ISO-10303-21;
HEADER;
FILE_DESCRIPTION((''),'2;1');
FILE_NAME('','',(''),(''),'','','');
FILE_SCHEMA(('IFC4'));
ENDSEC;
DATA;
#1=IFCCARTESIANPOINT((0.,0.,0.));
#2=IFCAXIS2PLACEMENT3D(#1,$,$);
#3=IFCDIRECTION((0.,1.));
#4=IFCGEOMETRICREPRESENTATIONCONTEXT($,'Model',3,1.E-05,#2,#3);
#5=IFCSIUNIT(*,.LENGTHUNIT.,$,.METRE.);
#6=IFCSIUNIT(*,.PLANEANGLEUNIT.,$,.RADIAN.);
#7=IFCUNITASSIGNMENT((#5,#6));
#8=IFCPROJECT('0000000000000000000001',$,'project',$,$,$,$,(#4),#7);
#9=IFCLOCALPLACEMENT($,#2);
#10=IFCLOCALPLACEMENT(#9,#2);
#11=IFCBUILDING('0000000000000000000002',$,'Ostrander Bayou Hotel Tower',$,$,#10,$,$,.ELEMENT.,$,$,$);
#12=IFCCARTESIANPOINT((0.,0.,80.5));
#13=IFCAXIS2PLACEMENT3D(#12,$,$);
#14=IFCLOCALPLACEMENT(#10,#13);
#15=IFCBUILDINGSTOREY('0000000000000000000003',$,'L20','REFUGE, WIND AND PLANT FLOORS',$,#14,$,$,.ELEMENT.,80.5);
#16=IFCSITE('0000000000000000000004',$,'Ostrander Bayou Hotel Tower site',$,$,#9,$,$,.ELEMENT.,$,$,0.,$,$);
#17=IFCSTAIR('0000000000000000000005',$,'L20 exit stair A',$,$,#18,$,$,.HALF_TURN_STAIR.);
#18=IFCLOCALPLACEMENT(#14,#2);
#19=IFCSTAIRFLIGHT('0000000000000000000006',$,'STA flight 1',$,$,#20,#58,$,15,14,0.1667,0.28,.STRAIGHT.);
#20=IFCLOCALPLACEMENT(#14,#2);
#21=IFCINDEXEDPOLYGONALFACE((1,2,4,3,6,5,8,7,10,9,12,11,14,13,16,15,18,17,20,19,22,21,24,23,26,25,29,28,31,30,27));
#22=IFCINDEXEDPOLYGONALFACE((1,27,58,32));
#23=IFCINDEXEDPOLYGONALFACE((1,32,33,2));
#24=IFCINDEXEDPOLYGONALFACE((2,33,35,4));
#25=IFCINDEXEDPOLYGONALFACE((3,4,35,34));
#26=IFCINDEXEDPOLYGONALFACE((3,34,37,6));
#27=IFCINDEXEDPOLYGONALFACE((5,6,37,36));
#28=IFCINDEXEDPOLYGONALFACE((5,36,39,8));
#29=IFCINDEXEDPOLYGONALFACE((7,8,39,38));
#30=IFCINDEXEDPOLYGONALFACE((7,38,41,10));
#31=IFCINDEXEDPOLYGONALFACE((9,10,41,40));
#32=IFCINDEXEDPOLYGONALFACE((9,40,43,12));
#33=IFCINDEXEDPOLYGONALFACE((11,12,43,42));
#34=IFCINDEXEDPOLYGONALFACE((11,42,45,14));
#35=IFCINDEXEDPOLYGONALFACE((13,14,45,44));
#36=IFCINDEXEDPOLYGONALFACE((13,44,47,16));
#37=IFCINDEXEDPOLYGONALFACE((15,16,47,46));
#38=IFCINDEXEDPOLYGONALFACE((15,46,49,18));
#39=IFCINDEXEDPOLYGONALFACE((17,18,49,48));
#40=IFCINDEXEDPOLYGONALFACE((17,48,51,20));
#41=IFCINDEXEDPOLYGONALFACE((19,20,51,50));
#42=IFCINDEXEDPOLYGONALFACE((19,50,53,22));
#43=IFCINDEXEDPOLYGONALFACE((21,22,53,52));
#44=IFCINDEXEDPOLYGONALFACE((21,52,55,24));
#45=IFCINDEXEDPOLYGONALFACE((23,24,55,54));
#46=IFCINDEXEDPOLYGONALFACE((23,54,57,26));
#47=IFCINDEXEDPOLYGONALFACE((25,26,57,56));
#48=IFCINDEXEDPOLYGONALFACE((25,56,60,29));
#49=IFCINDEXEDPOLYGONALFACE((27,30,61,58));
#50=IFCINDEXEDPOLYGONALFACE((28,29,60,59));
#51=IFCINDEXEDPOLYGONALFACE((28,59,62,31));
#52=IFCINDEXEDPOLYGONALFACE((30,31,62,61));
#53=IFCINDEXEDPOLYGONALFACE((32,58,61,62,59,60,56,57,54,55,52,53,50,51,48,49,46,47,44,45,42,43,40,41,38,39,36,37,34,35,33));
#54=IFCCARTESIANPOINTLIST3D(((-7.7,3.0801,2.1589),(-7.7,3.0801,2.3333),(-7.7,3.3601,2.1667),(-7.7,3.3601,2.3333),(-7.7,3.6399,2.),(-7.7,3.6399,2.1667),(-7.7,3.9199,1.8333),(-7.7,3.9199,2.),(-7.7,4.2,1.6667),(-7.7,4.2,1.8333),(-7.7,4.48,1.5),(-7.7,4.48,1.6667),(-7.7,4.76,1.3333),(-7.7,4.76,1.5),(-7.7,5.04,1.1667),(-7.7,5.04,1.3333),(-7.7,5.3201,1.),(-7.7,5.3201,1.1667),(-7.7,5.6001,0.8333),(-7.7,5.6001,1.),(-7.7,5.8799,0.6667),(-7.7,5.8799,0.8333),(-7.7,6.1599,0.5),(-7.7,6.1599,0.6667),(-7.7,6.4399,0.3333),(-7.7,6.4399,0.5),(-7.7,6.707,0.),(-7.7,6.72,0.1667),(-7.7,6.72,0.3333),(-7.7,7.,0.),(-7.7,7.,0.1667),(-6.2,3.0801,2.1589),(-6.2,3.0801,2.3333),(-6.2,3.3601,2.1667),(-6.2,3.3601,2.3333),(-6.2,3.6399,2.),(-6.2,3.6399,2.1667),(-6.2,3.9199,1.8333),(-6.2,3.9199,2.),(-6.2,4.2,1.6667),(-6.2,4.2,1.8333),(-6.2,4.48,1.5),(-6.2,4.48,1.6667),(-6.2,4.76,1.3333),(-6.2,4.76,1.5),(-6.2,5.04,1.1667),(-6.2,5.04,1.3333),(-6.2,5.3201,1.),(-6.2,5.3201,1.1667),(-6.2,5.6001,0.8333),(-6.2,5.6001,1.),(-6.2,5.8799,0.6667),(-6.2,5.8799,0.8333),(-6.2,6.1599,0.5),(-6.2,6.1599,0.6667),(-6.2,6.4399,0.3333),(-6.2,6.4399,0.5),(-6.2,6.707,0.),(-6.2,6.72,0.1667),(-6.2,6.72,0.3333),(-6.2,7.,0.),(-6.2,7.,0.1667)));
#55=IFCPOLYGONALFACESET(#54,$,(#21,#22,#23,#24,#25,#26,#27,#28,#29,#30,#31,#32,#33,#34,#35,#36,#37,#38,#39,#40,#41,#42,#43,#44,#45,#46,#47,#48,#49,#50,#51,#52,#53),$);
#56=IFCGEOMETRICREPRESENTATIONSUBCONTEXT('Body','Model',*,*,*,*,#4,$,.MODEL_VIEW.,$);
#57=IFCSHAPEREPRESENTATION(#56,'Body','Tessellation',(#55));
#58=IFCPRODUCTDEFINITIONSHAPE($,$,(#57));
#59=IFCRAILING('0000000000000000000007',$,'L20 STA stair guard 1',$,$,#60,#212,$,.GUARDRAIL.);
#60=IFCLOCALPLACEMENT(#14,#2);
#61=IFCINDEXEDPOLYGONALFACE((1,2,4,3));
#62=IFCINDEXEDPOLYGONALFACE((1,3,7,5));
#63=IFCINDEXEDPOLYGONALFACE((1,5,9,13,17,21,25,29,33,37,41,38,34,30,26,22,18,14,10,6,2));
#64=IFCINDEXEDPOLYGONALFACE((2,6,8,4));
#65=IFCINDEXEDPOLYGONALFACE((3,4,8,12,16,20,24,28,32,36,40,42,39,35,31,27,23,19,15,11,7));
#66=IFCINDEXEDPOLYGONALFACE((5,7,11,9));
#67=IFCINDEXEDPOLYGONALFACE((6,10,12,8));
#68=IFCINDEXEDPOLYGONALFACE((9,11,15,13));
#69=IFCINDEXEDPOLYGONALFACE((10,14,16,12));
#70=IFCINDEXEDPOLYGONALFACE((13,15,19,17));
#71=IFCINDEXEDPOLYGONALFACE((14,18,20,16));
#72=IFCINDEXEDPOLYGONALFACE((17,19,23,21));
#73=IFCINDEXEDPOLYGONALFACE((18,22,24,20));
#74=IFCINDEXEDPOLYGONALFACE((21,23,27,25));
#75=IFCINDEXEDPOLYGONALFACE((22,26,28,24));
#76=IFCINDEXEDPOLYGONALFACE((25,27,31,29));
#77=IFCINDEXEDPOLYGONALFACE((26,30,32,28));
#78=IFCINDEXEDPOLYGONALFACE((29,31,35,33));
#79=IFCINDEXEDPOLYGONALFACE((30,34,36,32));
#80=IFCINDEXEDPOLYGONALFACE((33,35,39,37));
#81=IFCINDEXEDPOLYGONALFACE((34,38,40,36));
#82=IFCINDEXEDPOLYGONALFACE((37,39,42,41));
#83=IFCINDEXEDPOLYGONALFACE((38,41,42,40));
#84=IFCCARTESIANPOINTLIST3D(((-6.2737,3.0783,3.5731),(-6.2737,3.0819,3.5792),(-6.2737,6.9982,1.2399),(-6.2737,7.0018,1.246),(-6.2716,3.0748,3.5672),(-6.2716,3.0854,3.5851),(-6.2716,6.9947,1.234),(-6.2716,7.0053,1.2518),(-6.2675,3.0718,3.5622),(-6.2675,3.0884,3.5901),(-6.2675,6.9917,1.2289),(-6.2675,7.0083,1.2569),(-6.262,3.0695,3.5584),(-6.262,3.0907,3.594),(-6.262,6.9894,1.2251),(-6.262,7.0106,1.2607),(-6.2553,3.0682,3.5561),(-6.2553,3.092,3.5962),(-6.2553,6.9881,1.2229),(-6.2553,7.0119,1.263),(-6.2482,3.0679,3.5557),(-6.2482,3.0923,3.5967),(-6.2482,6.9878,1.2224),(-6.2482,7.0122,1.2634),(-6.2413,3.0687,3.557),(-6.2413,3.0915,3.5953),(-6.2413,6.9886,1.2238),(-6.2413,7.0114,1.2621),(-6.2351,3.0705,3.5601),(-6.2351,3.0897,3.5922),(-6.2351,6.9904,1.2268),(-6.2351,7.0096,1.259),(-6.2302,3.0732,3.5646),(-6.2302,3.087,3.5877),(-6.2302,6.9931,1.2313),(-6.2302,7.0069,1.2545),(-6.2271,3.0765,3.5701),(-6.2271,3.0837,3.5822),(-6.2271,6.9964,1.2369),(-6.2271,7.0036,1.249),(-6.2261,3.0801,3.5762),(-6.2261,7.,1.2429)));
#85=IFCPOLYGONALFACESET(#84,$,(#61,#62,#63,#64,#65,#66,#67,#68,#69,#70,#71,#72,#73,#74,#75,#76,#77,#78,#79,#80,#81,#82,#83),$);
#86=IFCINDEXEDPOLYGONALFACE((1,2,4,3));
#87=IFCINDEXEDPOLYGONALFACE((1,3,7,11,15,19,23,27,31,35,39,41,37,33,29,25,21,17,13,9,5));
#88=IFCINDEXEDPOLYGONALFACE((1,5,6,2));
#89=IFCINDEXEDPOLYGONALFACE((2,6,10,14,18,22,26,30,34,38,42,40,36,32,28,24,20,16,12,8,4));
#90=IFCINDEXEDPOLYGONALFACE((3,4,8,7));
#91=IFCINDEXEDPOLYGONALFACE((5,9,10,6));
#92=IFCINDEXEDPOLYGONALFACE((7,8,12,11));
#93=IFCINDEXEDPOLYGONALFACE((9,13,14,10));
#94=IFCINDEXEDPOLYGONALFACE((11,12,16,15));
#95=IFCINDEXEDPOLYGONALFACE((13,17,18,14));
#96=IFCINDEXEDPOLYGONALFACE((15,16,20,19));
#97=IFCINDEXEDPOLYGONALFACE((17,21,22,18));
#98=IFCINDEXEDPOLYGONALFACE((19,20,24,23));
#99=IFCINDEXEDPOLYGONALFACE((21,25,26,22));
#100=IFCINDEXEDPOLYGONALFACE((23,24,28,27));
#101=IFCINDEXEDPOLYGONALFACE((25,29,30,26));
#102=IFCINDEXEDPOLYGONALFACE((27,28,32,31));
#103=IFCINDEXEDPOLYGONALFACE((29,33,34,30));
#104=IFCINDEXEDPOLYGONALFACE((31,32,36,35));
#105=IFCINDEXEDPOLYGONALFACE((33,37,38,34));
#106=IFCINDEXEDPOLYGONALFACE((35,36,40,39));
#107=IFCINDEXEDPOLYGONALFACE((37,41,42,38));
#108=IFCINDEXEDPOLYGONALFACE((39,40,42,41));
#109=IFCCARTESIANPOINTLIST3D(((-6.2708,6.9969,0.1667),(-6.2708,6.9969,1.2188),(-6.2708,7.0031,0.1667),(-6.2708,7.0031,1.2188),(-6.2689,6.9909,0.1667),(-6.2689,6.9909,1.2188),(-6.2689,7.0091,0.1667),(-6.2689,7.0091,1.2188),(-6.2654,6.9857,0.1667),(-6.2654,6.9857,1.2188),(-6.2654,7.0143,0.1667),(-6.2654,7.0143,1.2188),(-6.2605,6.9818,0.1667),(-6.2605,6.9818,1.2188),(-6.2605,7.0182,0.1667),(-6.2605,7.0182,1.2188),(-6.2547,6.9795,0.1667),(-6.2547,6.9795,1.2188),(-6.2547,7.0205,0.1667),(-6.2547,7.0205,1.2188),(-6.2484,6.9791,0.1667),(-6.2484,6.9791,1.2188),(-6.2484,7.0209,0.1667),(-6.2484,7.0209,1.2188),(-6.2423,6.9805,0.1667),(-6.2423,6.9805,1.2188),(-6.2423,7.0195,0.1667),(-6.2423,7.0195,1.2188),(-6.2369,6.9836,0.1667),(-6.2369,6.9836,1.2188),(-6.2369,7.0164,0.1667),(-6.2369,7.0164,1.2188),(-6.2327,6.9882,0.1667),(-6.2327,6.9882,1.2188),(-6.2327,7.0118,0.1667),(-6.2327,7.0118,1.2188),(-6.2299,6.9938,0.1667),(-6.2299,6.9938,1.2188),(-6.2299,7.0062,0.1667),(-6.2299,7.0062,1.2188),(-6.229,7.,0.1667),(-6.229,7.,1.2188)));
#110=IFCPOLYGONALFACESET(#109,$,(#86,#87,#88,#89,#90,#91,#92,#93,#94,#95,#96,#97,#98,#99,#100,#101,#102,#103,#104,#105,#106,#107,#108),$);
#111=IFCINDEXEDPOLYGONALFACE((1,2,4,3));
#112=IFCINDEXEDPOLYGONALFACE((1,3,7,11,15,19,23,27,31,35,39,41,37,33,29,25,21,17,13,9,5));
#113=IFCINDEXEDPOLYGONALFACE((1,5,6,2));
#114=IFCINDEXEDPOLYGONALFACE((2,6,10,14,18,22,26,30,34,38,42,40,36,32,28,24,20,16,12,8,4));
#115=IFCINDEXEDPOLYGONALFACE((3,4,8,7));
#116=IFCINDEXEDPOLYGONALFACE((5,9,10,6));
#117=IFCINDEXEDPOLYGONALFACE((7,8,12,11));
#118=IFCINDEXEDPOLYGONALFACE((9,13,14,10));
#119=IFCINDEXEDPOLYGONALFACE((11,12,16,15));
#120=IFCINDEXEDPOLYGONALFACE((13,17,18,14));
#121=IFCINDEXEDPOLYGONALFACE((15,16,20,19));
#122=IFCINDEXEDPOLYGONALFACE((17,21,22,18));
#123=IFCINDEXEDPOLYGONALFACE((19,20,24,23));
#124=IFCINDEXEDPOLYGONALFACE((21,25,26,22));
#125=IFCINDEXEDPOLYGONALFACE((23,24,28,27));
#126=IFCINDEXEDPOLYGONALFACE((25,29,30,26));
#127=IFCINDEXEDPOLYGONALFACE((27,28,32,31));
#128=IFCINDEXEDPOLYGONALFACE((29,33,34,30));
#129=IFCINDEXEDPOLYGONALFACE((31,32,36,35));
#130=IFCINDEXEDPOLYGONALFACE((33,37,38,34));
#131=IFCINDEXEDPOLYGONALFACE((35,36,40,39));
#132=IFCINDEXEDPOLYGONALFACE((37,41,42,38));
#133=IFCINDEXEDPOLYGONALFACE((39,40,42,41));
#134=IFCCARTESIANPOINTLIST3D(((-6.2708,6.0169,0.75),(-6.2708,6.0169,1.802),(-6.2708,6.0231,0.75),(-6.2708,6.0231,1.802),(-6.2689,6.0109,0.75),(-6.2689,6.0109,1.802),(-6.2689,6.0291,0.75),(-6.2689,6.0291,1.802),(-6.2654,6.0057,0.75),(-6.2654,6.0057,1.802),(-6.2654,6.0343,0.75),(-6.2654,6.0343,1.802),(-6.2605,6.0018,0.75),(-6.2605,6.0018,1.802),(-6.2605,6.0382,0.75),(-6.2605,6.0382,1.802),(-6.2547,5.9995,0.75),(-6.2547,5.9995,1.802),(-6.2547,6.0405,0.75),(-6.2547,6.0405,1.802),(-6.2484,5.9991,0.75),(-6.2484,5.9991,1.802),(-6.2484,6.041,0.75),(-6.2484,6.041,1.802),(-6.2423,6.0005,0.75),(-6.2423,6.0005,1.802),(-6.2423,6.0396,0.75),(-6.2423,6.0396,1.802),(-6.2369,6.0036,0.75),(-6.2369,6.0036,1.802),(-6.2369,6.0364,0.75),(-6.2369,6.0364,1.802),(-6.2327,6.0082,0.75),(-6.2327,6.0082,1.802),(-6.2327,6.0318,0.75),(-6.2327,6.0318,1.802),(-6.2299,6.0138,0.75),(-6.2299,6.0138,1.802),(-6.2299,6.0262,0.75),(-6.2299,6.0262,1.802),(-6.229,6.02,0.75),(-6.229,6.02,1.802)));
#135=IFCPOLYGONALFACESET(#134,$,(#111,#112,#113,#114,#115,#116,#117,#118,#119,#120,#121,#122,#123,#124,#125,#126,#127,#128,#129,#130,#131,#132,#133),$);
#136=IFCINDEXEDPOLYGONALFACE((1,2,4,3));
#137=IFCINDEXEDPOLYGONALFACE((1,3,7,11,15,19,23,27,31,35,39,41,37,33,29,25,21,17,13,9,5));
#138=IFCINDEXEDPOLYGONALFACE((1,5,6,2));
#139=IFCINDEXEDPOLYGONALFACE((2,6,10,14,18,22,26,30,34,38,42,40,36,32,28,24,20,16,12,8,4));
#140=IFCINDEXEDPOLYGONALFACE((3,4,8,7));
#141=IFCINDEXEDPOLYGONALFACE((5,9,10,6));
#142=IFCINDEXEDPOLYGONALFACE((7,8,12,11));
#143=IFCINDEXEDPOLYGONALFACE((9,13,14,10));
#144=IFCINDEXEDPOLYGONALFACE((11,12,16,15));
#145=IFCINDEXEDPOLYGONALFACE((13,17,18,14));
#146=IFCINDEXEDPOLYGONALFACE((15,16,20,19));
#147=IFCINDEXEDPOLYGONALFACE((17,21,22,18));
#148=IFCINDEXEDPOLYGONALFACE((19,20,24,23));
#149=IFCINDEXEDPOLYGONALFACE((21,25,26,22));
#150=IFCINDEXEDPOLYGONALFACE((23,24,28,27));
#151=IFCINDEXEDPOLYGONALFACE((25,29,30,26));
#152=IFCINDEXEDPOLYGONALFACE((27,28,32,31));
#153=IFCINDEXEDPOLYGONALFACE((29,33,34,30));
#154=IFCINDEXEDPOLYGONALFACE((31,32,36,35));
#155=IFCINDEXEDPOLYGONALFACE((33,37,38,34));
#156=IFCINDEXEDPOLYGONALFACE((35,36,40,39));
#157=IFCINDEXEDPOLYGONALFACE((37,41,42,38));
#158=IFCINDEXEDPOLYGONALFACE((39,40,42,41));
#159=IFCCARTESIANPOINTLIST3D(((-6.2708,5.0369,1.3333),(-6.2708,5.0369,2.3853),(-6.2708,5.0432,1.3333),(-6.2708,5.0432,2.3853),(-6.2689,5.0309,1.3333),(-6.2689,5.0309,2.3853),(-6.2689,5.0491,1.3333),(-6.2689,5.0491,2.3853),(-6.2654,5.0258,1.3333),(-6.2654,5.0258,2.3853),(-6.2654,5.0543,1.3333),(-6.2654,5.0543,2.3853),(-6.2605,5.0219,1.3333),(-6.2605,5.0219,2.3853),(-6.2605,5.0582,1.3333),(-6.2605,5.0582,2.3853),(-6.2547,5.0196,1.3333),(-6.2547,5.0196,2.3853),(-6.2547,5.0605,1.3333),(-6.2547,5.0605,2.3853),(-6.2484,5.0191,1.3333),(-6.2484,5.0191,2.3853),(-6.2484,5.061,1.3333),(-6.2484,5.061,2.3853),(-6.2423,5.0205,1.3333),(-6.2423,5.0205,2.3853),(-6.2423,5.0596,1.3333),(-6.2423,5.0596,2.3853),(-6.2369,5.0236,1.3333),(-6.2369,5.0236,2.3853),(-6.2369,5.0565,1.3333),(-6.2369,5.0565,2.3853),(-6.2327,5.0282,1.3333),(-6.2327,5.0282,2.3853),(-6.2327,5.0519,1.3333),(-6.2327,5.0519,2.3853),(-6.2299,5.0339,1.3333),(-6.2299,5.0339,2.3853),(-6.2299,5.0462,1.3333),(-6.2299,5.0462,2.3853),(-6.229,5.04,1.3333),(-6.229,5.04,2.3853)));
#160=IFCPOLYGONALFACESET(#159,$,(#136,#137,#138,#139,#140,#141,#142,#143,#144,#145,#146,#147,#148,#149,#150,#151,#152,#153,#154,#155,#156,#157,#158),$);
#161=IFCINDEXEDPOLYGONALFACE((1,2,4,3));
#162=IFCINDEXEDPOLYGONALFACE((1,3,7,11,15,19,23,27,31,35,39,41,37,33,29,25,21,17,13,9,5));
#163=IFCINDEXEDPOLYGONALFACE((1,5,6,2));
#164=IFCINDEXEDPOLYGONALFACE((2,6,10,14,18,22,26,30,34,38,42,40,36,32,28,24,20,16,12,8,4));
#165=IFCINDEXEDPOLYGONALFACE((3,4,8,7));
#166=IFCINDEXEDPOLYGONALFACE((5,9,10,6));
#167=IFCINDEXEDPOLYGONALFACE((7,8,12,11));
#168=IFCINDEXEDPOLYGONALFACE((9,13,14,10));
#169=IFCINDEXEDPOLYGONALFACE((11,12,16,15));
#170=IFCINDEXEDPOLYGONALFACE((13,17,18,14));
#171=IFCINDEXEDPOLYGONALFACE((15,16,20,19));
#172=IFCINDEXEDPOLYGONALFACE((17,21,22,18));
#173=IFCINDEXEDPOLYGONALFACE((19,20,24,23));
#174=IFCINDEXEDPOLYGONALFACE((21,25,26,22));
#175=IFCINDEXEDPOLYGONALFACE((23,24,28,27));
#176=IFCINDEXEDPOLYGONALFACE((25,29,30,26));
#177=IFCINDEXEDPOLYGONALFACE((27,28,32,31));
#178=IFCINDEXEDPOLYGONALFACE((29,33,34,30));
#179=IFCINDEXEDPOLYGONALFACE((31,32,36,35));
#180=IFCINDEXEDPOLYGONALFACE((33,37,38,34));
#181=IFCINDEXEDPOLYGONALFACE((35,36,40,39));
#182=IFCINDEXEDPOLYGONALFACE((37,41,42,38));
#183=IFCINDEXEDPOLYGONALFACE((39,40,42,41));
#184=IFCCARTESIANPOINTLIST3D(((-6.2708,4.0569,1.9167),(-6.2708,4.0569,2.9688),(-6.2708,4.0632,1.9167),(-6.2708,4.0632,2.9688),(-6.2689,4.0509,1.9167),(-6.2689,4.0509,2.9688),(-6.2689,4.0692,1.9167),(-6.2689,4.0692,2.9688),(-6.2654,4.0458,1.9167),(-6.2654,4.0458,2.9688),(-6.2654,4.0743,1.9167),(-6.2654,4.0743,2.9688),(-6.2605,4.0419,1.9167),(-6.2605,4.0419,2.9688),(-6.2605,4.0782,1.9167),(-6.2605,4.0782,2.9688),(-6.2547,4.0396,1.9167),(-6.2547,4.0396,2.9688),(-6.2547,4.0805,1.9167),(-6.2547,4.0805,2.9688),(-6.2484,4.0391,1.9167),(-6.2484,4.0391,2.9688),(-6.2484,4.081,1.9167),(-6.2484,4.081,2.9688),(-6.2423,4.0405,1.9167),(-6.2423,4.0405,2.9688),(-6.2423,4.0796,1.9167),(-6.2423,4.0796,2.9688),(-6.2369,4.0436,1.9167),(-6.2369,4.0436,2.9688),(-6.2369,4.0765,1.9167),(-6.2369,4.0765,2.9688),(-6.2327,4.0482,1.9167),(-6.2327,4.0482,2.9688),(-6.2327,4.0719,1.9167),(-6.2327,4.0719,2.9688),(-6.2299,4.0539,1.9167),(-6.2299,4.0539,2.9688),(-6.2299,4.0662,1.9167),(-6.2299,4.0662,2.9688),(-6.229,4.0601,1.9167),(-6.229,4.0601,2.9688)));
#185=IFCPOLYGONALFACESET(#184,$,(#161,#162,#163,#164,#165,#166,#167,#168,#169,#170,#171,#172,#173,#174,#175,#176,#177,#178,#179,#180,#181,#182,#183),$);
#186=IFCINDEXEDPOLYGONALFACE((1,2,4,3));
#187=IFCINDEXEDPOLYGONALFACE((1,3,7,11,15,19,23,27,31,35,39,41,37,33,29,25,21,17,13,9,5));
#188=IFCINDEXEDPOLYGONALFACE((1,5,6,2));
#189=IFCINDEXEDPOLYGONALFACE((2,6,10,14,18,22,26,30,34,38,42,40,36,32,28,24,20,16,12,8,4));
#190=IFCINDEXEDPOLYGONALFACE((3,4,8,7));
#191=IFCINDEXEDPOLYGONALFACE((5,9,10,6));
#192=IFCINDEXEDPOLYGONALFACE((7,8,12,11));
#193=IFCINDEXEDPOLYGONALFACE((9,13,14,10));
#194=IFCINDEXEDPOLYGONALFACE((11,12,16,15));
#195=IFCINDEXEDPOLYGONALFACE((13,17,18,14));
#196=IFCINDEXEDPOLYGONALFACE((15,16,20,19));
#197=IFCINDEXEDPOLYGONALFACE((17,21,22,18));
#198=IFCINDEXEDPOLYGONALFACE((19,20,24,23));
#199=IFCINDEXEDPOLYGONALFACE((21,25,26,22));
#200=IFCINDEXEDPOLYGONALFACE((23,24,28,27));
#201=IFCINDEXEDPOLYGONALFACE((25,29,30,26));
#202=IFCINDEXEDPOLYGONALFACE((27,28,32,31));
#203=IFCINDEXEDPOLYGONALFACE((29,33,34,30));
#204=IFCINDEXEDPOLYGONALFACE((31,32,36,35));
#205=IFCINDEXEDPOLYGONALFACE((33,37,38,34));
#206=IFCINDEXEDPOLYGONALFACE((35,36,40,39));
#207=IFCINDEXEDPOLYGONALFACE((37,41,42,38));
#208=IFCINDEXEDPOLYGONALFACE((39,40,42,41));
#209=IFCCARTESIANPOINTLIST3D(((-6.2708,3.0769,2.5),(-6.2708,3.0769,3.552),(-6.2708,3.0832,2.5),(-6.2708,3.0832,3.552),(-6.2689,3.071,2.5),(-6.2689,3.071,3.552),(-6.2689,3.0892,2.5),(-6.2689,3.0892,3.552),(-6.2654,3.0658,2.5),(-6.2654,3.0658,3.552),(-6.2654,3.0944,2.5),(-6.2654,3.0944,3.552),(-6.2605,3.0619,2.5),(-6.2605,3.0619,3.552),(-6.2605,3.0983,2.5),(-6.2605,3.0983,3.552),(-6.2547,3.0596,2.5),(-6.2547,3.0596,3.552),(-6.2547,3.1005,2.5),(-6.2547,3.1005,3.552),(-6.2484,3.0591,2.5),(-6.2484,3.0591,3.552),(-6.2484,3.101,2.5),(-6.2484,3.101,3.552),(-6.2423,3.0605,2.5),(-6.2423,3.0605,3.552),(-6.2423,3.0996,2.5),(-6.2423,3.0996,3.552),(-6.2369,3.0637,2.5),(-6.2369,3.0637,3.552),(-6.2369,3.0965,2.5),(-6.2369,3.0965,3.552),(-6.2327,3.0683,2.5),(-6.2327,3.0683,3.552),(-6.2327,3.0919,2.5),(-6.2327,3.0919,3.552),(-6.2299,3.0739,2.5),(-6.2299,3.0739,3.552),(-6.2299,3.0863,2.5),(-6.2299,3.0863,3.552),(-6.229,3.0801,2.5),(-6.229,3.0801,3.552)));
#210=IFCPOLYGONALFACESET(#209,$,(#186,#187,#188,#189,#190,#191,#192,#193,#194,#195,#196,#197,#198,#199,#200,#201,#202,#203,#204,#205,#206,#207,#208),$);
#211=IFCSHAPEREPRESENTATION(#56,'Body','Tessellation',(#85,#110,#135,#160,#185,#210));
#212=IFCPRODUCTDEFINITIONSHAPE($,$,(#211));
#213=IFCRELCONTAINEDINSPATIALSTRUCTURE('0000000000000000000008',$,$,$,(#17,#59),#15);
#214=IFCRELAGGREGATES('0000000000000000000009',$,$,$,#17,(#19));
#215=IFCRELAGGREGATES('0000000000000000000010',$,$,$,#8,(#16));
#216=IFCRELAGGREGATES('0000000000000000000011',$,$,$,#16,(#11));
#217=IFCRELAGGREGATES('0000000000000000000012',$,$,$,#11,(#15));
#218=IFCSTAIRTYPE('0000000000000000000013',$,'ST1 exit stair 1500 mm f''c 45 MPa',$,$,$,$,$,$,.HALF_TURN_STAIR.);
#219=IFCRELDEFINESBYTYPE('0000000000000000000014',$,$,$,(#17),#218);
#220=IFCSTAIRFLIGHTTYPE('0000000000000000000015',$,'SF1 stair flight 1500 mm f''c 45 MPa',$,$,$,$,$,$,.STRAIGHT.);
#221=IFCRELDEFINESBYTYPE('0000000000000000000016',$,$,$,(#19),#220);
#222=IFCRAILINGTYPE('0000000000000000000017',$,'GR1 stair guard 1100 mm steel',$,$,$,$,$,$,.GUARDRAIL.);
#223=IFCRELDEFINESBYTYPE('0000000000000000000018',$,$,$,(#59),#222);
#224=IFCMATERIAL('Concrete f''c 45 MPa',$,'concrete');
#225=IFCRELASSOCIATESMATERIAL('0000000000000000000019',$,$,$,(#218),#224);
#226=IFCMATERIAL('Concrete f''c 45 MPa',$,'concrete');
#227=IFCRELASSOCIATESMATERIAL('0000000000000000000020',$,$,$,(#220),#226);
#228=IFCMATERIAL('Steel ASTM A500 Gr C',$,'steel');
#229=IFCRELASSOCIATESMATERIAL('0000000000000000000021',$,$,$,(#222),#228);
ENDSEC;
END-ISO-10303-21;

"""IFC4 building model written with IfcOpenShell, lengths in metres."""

from ifc_helpers import new_model, si_unit, direction, frame, origin, origin_2d, place, context, subcontext, project, spatial, polyline, circle, outline, extrude, material, type_object, element, aggregate, save


model = new_model("IFC4")

# Units and contexts
model_context = context("Model", 3, precision=1e-05, world=origin(), true_north=direction((0.0, 1.0)))
body_context = subcontext(model_context, "Body", "Model", "MODEL_VIEW")
ifc_project = project(units=[si_unit("LENGTHUNIT", "METRE"), si_unit("PLANEANGLEUNIT", "RADIAN")], contexts=[model_context])

# Site, building, storey
site_placement = place(None, origin())
site = spatial("IfcSite", under=ifc_project, at=site_placement, Name="Ostrander Bayou Hotel Tower site", CompositionType="ELEMENT", RefElevation=0.0)
building_placement = place(site_placement, origin())
building = spatial("IfcBuilding", under=site, at=building_placement, Name="Ostrander Bayou Hotel Tower", CompositionType="ELEMENT")
storey_placement = place(building_placement, frame((0.0, 0.0, 80.5)))
storey = spatial("IfcBuildingStorey", under=building, at=storey_placement, Name="L20", Description="REFUGE, WIND AND PLANT FLOORS", CompositionType="ELEMENT", Elevation=80.5)

# Stair, stair flight
ifc_material_1 = material(Name="Concrete f'c 45 MPa", Category="concrete")
stair_type = type_object("IfcStairType", Name="ST1 exit stair 1500 mm f'c 45 MPa", PredefinedType="HALF_TURN_STAIR", material=ifc_material_1)
stair_placement = place(storey_placement, origin())
stair = element("IfcStair", 1, at=stair_placement, inside=storey, type_object=stair_type, Name="L20 exit stair A", PredefinedType="HALF_TURN_STAIR")
ifc_material_2 = material(Name="Concrete f'c 45 MPa", Category="concrete")
stair_flight_type = type_object("IfcStairFlightType", Name="SF1 stair flight 1500 mm f'c 45 MPa", PredefinedType="STRAIGHT", material=ifc_material_2)
stair_flight_placement = place(storey_placement, frame((-6.95, 7.0, 0.0), z_axis=(0.0, 0.0, 1.0), x_axis=(0.0, -1.0, 0.0)))
stair_flight = element("IfcStairFlight", 2, at=stair_flight_placement, type_object=stair_flight_type, Name="STA flight 1", NumberOfRisers=15, NumberOfTreads=14, PredefinedType="STRAIGHT", RiserHeight=0.1667, TreadLength=0.28, context=body_context, shape_type="SweptSolid", body=[
    extrude(outline(polyline([(0.0, 0.0), (0.0, 0.1667), (0.28, 0.1667), (0.28, 0.3333), (0.5601, 0.3333), (0.5601, 0.5), (0.8401, 0.5), (0.8401, 0.6667), (1.1201, 0.6667), (1.1201, 0.8333), (1.3999, 0.8333), (1.3999, 1.0), (1.6799, 1.0), (1.6799, 1.1667), (1.96, 1.1667), (1.96, 1.3333), (2.24, 1.3333), (2.24, 1.5), (2.52, 1.5), (2.52, 1.6667), (2.8, 1.6667), (2.8, 1.8333), (3.0801, 1.8333), (3.0801, 2.0), (3.3601, 2.0), (3.3601, 2.1667), (3.6399, 2.1667), (3.6399, 2.3333), (3.9199, 2.3333), (3.9199, 2.5), (3.9199, 2.1589), (0.293, 0.0), (0.0, 0.0)])), frame((0.0, 0.75, 0.0), z_axis=(0.0, -1.0, 0.0), x_axis=(1.0, 0.0, 0.0)), (0.0, 0.0, 1.0), 1.5),
])
aggregate(stair, [stair_flight])

# Railing
ifc_material_3 = material(Name="Steel ASTM A500 Gr C", Category="steel")
railing_type_1 = type_object("IfcRailingType", Name="GR1 stair guard 1100 mm steel", PredefinedType="GUARDRAIL", material=ifc_material_3)
railing_1_placement = place(storey_placement, frame((-6.25, 7.0, 0.1667)))
element("IfcRailing", 3, at=railing_1_placement, inside=storey, type_object=railing_type_1, Name="L20 STA stair guard 1", PredefinedType="GUARDRAIL", context=body_context, shape_type="SweptSolid", body=[
    extrude(circle(Radius=0.0239, at=origin_2d()), frame((0.0, 0.0, 1.0762), z_axis=(0.0, -0.859296, 0.511478), x_axis=(1.0, 0.0, 0.0)), (0.0, 0.0, 1.0), 4.5618),
    extrude(circle(Radius=0.021, at=origin_2d()), origin(), (0.0, 0.0, 1.0), 1.052),
    extrude(circle(Radius=0.021, at=origin_2d()), frame((0.0, -0.98, 0.5833)), (0.0, 0.0, 1.0), 1.052),
    extrude(circle(Radius=0.021, at=origin_2d()), frame((0.0, -1.96, 1.1665)), (0.0, 0.0, 1.0), 1.052),
    extrude(circle(Radius=0.021, at=origin_2d()), frame((0.0, -2.9399, 1.75)), (0.0, 0.0, 1.0), 1.052),
    extrude(circle(Radius=0.021, at=origin_2d()), frame((0.0, -3.9199, 2.3333)), (0.0, 0.0, 1.0), 1.052),
])

save(model, "model.ifc")
